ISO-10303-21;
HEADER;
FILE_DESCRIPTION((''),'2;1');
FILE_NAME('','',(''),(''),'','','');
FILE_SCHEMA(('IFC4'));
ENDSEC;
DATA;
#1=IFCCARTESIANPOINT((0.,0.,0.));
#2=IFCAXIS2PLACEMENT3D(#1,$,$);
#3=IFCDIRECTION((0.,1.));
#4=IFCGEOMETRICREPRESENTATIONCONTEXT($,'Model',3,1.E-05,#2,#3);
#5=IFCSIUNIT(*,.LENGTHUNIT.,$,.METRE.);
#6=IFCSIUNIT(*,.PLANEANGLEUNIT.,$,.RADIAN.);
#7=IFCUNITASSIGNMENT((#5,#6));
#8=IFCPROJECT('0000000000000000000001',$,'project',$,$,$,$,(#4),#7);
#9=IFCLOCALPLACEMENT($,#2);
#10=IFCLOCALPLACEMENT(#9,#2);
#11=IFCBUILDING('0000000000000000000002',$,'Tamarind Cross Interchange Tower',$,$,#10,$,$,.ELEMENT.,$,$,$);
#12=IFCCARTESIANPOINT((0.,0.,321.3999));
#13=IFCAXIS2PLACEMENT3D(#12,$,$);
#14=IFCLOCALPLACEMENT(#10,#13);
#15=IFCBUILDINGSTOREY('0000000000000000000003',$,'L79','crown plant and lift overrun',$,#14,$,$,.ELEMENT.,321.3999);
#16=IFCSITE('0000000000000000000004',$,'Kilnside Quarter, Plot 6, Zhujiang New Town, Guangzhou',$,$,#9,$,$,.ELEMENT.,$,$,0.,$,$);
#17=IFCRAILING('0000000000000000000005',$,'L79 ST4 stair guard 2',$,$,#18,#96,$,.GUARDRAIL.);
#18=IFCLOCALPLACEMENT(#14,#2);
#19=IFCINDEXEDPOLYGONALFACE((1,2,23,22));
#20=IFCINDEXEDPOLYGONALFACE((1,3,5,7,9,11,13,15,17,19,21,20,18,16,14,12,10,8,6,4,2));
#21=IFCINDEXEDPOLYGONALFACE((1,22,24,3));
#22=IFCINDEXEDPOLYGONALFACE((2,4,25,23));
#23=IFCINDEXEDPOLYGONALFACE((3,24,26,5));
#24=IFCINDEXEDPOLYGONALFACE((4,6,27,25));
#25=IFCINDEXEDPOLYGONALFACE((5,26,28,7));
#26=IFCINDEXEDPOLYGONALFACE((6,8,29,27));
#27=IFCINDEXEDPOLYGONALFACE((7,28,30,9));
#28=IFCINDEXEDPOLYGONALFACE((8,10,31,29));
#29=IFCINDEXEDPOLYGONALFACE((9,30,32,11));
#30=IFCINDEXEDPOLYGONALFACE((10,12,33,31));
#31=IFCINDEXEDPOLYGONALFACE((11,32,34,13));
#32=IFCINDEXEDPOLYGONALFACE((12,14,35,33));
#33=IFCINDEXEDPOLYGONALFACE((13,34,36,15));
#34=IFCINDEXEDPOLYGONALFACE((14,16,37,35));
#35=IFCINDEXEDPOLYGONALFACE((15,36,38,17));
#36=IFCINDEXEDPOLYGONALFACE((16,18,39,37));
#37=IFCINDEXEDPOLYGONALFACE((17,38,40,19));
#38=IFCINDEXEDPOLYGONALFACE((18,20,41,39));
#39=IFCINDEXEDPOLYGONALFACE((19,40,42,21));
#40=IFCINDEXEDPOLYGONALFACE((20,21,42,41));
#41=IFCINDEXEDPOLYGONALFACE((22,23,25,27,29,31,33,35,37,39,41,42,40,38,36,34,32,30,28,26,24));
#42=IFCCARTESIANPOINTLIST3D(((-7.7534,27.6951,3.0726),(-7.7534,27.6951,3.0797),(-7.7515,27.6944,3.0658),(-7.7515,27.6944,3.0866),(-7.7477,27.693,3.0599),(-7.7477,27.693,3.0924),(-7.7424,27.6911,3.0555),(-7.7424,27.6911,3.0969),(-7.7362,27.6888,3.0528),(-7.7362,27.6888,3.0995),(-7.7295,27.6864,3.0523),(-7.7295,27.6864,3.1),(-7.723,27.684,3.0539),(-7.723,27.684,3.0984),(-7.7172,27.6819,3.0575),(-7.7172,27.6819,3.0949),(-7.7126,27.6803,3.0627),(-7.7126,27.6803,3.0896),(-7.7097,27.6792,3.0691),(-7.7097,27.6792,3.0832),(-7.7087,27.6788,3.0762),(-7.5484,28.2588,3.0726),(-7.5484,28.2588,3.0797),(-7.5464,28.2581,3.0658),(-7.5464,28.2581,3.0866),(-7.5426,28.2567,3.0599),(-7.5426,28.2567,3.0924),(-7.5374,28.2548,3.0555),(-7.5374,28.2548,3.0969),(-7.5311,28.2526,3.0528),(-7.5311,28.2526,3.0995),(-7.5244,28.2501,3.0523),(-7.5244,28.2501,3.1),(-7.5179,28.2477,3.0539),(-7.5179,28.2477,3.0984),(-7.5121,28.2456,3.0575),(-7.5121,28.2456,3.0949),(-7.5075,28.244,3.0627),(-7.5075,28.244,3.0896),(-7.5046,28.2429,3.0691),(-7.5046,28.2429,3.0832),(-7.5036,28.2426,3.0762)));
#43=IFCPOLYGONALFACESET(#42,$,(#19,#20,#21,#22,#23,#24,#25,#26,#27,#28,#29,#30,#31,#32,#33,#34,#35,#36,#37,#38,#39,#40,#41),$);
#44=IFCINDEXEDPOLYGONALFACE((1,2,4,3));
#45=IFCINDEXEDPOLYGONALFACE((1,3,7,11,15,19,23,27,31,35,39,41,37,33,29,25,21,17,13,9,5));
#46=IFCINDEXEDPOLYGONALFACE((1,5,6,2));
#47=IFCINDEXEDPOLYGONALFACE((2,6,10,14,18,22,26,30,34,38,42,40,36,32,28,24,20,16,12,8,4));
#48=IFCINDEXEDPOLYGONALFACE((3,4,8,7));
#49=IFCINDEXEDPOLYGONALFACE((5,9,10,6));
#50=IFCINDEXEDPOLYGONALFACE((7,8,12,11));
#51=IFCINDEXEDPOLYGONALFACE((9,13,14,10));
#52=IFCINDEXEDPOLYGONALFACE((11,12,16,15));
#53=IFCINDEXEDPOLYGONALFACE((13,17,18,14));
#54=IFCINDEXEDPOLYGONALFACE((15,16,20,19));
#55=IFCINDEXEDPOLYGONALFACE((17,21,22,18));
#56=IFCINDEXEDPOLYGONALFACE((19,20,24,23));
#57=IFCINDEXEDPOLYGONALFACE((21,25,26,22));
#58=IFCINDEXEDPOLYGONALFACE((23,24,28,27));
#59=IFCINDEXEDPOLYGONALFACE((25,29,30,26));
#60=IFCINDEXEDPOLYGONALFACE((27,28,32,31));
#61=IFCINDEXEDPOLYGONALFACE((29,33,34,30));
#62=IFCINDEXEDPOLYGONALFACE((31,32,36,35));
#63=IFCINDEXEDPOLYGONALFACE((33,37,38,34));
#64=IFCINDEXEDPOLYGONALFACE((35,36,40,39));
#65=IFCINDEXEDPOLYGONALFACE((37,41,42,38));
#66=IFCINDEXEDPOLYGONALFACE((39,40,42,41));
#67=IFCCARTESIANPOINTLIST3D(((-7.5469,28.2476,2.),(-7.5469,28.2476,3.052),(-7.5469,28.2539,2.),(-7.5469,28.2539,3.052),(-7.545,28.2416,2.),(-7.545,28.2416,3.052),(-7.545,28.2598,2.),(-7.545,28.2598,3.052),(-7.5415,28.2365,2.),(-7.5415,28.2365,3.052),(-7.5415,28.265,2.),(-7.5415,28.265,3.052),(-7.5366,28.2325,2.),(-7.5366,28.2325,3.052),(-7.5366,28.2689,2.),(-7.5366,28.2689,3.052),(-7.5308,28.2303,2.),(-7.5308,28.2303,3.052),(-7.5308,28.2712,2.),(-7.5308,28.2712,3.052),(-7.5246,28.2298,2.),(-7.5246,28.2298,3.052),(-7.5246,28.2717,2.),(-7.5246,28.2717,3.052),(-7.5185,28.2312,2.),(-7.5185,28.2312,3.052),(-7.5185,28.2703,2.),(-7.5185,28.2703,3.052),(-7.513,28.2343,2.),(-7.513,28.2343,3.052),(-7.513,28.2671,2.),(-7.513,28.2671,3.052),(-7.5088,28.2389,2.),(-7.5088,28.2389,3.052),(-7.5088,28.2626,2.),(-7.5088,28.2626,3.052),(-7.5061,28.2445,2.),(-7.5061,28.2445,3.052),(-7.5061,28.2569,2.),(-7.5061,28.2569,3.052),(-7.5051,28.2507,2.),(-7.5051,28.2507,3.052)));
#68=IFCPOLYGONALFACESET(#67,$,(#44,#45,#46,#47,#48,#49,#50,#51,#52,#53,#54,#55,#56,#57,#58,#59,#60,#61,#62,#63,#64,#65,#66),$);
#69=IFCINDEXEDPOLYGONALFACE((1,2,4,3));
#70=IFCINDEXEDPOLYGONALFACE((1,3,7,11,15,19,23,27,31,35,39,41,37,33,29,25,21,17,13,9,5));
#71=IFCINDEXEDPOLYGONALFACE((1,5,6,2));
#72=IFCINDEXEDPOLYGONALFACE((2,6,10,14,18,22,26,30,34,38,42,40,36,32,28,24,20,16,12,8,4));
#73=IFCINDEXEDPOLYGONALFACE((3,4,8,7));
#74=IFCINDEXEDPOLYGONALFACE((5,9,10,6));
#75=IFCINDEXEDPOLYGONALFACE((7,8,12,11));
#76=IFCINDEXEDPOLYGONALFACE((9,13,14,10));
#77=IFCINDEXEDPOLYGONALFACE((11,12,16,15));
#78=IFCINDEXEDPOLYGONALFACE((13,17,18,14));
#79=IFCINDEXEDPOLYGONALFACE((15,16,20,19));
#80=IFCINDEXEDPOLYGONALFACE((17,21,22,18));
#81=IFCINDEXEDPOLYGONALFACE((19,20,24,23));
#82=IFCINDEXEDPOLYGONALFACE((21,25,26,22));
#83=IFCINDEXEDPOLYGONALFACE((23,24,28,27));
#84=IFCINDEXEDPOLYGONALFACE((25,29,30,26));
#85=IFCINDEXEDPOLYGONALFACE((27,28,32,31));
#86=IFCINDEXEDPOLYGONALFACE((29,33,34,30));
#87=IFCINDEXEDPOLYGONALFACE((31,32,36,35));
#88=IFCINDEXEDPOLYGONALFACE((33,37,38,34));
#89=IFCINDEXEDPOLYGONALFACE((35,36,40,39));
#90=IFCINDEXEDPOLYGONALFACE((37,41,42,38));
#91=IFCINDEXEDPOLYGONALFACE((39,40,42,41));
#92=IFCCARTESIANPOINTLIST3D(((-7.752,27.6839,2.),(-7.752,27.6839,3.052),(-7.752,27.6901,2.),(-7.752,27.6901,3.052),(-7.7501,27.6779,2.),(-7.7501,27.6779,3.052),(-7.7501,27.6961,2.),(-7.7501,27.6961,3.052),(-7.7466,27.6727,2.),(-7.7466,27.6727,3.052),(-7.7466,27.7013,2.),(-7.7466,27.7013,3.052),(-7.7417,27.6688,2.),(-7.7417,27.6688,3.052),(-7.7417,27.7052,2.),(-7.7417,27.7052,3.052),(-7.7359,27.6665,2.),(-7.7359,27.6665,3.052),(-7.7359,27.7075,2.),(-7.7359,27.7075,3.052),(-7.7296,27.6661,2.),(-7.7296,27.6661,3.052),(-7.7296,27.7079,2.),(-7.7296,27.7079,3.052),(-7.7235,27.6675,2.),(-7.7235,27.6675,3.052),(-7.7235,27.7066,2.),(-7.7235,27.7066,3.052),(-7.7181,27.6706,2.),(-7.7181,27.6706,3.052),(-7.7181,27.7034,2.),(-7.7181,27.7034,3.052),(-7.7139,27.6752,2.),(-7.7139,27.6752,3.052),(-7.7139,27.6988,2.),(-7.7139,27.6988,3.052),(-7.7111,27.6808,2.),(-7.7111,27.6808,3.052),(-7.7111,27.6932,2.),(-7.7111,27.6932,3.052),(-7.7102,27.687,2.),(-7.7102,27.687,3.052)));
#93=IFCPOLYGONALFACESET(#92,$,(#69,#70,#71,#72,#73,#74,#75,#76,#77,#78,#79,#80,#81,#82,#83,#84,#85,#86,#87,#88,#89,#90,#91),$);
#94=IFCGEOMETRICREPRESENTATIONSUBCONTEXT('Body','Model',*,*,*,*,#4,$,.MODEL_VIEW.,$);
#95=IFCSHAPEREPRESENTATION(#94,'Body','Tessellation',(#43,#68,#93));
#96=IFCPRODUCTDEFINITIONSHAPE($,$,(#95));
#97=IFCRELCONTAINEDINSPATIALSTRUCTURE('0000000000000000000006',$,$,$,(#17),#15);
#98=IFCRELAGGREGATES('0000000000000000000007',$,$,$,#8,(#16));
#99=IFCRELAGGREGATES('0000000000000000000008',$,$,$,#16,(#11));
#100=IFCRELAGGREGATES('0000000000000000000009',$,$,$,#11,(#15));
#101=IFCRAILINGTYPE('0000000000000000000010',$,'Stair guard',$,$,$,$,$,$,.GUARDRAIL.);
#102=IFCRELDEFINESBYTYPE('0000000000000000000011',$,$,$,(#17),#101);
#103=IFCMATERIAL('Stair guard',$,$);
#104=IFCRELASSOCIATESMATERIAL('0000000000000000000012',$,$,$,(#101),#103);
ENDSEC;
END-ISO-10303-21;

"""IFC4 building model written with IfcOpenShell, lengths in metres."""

from ifc_helpers import new_model, si_unit, direction, frame, origin, origin_2d, place, context, subcontext, project, spatial, circle, extrude, material, type_object, element, save


model = new_model("IFC4")

# Units and contexts
model_context = context("Model", 3, precision=1e-05, world=origin(), true_north=direction((0.0, 1.0)))
body_context = subcontext(model_context, "Body", "Model", "MODEL_VIEW")
ifc_project = project(units=[si_unit("LENGTHUNIT", "METRE"), si_unit("PLANEANGLEUNIT", "RADIAN")], contexts=[model_context])

# Site, building, storey
site_placement = place(None, origin())
site = spatial("IfcSite", under=ifc_project, at=site_placement, Name="Kilnside Quarter, Plot 6, Zhujiang New Town, Guangzhou", CompositionType="ELEMENT", RefElevation=0.0)
building_placement = place(site_placement, origin())
building = spatial("IfcBuilding", under=site, at=building_placement, Name="Tamarind Cross Interchange Tower", CompositionType="ELEMENT")
storey_placement = place(building_placement, frame((0.0, 0.0, 321.3999)))
storey = spatial("IfcBuildingStorey", under=building, at=storey_placement, Name="L79", Description="crown plant and lift overrun", CompositionType="ELEMENT", Elevation=321.3999)

# Railing
ifc_material_1 = material(Name="Stair guard")
railing_type_1 = type_object("IfcRailingType", Name="Stair guard", PredefinedType="GUARDRAIL", material=ifc_material_1)
railing_1_placement = place(storey_placement, frame((-7.5261, 28.2507, 2.0)))
element("IfcRailing", 1, at=railing_1_placement, inside=storey, type_object=railing_type_1, Name="L79 ST4 stair guard 2", PredefinedType="GUARDRAIL", context=body_context, shape_type="SweptSolid", body=[
    extrude(circle(Radius=0.0239, at=origin_2d()), frame((0.0, 0.0, 1.0762), z_axis=(-0.341874, -0.939746, 0.0), x_axis=(0.939746, -0.341874, 0.0)), (0.0, 0.0, 1.0), 0.5999),
    extrude(circle(Radius=0.021, at=origin_2d()), origin(), (0.0, 0.0, 1.0), 1.052),
    extrude(circle(Radius=0.021, at=origin_2d()), frame((-0.2051, -0.5637, 0.0)), (0.0, 0.0, 1.0), 1.052),
])

save(model, "model.ifc")
